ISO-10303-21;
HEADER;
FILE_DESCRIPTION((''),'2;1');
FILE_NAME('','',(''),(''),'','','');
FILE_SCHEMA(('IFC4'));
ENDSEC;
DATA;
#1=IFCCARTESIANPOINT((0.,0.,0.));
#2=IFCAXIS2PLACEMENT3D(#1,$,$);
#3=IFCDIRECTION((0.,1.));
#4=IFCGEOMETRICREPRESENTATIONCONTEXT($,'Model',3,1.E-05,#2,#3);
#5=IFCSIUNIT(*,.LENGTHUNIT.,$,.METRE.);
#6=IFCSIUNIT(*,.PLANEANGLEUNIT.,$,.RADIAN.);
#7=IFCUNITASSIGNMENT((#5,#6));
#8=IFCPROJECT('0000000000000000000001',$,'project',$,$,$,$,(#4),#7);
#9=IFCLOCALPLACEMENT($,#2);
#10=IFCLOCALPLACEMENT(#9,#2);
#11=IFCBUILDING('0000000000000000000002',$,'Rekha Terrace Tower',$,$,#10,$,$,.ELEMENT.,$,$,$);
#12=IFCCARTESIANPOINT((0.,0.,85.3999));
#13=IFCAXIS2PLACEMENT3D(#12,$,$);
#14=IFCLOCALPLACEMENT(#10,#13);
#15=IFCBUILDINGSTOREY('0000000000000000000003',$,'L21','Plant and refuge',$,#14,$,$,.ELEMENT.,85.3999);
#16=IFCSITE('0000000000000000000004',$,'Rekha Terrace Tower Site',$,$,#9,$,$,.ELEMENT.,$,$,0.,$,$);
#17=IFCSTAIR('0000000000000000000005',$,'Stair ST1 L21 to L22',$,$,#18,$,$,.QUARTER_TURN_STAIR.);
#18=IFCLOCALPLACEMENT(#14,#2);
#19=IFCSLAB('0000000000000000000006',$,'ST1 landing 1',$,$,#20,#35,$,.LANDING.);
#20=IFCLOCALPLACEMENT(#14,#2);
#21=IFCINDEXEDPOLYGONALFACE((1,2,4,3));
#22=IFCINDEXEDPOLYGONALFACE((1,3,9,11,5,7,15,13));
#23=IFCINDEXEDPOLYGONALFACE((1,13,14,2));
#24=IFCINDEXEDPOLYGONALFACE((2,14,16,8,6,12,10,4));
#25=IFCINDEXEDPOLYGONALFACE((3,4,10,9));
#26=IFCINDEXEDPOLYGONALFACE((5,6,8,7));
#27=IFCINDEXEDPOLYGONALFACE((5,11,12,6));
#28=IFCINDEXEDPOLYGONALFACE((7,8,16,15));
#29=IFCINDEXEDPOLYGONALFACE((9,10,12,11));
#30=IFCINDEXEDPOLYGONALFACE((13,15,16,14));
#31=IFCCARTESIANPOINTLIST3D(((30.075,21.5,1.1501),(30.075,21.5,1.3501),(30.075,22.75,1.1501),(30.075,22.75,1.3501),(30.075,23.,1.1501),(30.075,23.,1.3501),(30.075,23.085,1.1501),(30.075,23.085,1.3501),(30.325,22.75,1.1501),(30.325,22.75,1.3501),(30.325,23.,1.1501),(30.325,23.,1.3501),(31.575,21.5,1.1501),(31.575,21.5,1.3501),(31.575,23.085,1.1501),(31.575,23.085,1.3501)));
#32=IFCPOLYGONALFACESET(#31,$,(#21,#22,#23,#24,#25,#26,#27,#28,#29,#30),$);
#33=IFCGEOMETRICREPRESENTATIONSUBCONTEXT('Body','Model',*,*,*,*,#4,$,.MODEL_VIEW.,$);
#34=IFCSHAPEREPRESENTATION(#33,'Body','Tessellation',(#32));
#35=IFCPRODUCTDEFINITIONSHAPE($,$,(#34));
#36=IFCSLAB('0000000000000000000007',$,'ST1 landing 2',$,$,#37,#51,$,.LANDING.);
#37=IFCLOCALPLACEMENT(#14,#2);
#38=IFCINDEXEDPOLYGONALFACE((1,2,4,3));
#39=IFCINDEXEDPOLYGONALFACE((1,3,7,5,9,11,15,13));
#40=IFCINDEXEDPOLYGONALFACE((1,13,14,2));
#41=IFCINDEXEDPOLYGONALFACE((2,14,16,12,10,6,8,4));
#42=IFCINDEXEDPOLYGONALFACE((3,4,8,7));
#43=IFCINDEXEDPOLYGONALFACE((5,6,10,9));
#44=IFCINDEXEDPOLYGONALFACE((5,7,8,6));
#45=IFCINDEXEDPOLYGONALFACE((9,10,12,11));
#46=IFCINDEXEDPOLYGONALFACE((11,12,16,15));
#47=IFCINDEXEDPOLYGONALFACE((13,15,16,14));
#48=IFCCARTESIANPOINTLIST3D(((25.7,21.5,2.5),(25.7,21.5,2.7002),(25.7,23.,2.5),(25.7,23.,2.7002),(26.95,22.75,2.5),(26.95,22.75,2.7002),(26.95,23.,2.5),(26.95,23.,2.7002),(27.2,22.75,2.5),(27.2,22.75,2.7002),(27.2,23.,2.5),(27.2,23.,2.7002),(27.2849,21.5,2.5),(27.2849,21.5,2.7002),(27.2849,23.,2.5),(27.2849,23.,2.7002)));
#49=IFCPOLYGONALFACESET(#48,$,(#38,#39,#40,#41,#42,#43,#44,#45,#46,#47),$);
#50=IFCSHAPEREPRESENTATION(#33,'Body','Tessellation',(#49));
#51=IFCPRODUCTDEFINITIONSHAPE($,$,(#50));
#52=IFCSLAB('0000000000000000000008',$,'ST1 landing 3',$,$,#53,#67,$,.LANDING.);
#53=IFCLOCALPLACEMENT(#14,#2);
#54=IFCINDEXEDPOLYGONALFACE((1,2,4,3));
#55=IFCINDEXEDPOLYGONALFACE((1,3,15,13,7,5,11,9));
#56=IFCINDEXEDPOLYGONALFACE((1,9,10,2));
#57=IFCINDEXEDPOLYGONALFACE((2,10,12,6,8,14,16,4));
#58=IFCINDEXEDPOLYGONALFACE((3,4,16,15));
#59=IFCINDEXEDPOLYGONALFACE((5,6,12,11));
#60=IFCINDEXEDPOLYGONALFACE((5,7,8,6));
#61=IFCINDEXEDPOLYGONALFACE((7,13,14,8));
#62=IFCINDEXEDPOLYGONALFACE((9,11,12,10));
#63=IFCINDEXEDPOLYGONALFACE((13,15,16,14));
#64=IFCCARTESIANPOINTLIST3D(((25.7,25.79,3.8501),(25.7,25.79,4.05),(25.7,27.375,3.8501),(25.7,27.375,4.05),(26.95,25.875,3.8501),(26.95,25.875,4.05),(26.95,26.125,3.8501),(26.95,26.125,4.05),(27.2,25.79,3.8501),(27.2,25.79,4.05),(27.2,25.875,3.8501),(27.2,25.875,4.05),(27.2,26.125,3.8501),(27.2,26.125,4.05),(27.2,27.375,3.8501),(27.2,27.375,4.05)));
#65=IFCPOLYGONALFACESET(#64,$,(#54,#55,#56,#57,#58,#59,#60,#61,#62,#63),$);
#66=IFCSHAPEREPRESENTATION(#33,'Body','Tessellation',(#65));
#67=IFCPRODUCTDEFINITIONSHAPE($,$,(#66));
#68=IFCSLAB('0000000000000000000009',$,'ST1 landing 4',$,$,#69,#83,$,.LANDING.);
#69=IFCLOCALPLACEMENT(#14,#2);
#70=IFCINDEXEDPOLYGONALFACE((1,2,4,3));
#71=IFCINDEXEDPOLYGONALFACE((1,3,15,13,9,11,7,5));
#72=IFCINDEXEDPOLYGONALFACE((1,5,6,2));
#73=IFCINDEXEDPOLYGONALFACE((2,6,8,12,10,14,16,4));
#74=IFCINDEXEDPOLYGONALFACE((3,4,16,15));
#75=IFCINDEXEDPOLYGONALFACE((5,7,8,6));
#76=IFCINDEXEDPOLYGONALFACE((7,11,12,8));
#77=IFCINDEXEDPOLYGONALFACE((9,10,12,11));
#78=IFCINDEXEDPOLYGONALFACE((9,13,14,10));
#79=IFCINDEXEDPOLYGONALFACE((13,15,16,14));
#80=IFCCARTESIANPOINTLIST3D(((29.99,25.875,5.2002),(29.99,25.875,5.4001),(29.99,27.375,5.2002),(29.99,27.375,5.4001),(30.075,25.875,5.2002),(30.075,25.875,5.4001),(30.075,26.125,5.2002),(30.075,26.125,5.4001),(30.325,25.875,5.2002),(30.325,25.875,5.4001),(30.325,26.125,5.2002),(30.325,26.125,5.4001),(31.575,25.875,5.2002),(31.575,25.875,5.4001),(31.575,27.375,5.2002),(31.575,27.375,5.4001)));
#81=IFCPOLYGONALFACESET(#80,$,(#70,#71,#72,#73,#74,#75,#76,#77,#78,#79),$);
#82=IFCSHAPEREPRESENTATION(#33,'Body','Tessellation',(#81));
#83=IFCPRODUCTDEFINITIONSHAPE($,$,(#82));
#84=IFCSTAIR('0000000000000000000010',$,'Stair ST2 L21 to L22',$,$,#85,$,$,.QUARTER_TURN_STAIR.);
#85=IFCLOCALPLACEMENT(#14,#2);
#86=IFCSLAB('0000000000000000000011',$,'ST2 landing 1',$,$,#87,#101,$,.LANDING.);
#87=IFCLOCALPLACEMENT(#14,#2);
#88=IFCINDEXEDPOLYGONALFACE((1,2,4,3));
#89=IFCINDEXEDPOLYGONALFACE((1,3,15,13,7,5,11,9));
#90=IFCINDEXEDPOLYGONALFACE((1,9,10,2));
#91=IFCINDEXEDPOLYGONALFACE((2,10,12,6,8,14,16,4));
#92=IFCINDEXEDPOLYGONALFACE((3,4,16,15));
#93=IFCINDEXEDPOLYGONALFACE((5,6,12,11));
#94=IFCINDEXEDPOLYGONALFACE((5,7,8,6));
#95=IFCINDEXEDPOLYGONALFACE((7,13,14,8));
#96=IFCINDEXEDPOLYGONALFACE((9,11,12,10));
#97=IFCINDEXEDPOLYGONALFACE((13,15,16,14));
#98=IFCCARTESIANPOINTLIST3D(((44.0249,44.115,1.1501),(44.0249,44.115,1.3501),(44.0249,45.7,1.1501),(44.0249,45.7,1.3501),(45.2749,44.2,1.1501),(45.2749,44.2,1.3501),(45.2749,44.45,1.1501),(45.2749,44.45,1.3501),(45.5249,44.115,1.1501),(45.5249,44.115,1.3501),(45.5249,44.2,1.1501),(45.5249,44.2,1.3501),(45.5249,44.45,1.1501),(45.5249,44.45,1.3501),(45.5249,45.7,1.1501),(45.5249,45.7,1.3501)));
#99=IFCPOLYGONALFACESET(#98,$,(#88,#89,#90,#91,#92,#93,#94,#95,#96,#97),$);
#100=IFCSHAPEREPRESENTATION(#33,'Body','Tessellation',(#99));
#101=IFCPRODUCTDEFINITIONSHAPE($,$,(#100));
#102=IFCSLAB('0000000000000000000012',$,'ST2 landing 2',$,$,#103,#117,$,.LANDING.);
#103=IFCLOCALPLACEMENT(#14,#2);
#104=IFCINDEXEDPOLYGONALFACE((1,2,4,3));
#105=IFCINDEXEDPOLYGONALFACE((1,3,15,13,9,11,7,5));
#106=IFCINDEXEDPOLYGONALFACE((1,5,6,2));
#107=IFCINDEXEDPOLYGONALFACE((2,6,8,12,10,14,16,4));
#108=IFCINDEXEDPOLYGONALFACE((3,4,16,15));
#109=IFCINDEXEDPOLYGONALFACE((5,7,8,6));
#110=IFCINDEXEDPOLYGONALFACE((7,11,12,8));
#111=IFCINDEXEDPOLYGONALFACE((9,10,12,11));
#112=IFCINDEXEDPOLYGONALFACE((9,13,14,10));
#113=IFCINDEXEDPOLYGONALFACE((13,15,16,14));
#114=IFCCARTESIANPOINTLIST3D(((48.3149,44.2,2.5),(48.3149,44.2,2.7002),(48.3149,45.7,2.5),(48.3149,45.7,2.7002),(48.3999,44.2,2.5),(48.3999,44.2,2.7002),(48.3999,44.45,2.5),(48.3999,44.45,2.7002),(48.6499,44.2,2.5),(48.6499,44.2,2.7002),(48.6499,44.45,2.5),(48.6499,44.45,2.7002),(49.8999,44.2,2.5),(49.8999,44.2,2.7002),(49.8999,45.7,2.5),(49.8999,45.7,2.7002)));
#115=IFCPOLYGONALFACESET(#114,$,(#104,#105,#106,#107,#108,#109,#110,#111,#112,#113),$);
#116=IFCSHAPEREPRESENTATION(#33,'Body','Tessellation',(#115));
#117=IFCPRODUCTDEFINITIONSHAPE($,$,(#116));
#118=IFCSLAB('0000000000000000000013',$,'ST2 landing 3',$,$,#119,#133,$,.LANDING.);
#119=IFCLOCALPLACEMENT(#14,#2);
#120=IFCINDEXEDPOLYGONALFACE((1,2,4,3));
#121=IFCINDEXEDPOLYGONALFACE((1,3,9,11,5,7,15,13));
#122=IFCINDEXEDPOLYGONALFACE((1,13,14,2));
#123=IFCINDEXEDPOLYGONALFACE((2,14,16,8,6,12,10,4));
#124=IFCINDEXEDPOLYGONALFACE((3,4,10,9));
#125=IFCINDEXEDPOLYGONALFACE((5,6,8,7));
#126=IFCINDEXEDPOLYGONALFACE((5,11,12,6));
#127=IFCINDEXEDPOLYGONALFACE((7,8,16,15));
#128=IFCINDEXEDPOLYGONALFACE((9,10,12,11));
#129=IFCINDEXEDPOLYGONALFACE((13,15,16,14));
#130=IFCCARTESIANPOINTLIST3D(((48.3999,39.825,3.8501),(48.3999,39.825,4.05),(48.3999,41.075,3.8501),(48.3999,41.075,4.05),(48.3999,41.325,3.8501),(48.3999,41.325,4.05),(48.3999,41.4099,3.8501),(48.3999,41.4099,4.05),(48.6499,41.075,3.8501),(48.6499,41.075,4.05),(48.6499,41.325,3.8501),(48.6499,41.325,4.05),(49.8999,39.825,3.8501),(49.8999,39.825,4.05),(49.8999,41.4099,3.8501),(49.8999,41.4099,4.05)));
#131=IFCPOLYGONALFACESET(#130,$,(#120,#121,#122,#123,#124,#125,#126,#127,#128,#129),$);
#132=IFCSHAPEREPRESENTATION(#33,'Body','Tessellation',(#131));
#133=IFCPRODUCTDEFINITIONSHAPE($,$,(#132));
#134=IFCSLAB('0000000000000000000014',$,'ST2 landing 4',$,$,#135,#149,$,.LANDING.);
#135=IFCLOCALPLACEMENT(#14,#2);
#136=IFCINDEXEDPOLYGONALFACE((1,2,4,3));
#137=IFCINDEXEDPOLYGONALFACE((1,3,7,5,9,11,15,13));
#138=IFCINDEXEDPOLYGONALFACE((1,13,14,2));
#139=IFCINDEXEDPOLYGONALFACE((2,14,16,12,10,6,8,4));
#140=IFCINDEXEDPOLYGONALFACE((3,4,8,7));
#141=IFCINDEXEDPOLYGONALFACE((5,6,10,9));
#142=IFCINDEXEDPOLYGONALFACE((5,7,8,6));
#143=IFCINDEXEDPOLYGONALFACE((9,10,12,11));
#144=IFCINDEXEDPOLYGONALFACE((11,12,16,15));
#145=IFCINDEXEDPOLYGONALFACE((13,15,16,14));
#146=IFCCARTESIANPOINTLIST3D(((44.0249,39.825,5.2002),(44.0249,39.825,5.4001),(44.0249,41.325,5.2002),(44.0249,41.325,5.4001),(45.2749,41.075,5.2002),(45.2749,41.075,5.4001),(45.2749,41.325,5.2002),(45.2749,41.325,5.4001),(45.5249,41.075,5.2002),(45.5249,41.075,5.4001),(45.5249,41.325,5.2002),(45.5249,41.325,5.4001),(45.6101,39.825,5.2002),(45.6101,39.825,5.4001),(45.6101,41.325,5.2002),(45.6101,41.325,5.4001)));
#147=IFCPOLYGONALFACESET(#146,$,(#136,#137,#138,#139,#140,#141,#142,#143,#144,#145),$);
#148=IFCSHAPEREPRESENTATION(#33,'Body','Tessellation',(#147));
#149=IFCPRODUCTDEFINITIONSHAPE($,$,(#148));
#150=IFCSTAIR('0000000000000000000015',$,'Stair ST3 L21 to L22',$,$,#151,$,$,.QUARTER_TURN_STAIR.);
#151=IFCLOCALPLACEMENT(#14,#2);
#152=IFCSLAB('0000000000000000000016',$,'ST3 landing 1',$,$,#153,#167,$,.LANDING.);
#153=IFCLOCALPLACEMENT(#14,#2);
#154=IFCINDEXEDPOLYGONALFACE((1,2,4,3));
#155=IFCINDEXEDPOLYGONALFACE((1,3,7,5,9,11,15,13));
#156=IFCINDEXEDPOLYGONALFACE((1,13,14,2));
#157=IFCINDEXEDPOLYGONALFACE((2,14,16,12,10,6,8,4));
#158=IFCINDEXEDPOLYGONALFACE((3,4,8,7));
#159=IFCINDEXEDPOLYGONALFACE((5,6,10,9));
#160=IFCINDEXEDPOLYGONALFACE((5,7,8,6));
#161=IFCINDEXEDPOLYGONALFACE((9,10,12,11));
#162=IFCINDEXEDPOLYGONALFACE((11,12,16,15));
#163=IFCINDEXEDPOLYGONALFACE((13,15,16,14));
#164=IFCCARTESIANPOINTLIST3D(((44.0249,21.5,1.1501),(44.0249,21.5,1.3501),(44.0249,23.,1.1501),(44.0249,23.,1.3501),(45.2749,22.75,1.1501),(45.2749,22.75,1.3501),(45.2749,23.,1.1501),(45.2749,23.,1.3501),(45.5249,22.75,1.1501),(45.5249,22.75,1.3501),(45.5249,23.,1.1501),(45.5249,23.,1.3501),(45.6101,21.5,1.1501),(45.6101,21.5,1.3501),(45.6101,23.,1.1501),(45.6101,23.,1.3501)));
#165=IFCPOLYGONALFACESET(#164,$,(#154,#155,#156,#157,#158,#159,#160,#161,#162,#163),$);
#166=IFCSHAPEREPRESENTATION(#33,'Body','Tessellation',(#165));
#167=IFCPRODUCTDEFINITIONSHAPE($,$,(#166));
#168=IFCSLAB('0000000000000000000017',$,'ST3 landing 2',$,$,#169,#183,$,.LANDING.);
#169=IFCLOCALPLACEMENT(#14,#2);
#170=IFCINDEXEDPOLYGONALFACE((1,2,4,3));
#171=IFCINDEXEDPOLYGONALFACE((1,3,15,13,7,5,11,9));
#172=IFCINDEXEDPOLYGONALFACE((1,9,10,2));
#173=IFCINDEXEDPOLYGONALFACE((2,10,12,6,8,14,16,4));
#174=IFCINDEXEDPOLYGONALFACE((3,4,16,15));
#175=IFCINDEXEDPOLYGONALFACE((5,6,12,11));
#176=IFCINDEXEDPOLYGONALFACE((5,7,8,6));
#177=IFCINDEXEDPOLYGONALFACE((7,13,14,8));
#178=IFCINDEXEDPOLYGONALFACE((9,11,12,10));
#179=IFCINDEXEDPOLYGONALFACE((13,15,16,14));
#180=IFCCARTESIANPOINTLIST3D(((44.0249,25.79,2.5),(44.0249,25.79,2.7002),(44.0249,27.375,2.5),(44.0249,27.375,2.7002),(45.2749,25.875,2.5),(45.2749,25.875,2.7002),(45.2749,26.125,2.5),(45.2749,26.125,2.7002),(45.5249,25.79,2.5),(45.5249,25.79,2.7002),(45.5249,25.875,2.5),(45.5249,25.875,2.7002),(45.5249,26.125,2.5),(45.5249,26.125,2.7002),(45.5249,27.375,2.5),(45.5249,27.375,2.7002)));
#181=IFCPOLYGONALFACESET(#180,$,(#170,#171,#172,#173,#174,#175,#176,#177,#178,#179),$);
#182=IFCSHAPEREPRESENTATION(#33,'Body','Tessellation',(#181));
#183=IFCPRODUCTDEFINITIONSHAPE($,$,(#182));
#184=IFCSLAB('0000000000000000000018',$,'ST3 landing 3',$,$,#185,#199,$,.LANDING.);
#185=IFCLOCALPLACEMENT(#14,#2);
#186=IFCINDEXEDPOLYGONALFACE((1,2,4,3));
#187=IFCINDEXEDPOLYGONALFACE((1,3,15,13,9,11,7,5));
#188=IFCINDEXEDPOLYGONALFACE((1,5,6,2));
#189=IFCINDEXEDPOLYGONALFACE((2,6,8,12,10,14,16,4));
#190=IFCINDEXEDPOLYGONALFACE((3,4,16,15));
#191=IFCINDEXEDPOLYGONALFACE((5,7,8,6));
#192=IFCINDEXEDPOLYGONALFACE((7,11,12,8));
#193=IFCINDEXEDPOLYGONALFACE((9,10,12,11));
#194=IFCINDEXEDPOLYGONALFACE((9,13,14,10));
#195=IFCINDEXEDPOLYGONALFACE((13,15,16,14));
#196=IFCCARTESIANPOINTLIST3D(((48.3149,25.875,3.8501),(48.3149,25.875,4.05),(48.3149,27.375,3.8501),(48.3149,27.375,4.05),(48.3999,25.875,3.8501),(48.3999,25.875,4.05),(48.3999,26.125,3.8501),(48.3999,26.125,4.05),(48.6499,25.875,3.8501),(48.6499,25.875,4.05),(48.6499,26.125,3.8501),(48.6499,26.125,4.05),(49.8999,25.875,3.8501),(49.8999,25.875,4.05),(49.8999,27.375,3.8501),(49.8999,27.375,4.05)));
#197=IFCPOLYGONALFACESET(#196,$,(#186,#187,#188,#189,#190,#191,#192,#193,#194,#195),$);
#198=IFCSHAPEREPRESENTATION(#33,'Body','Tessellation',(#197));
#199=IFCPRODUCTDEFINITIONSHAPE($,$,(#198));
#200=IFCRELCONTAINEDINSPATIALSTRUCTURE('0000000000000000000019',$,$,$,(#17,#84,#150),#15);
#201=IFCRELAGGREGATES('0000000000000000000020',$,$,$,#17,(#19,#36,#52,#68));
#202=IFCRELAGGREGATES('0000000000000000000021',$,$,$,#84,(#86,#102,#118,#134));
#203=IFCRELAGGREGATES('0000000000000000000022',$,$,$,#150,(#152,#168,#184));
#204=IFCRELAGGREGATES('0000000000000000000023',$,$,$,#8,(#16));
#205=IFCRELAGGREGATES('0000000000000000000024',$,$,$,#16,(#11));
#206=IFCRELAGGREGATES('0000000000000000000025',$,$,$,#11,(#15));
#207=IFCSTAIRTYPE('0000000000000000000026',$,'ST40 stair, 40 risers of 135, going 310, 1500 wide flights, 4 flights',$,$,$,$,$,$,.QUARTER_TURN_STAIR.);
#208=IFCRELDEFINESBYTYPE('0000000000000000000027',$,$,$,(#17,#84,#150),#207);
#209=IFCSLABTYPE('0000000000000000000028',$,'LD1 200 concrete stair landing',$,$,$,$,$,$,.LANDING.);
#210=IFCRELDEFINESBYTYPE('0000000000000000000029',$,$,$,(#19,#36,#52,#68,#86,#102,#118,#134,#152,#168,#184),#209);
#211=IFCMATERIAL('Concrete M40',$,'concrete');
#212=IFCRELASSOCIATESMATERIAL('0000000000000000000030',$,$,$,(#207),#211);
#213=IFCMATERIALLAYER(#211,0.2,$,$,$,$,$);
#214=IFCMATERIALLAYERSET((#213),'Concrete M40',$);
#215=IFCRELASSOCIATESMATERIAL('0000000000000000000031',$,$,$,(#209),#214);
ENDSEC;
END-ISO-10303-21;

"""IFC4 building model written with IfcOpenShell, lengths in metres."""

from ifc_helpers import new_model, si_unit, direction, frame, origin, place, context, subcontext, project, spatial, polyline, outline, extrude, material, layer, layer_set, type_object, element, aggregate, save


model = new_model("IFC4")

# Units and contexts
model_context = context("Model", 3, precision=1e-05, world=origin(), true_north=direction((0.0, 1.0)))
body_context = subcontext(model_context, "Body", "Model", "MODEL_VIEW")
ifc_project = project(units=[si_unit("LENGTHUNIT", "METRE"), si_unit("PLANEANGLEUNIT", "RADIAN")], contexts=[model_context])

# Site, building, storey
site_placement = place(None, origin())
site = spatial("IfcSite", under=ifc_project, at=site_placement, Name="Rekha Terrace Tower Site", CompositionType="ELEMENT", RefElevation=0.0)
building_placement = place(site_placement, origin())
building = spatial("IfcBuilding", under=site, at=building_placement, Name="Rekha Terrace Tower", CompositionType="ELEMENT")
storey_placement = place(building_placement, frame((0.0, 0.0, 85.3999)))
storey = spatial("IfcBuildingStorey", under=building, at=storey_placement, Name="L21", Description="Plant and refuge", CompositionType="ELEMENT", Elevation=85.3999)

# Stairs, slabs
ifc_material_1 = material(Name="Concrete M40", Category="concrete")
stair_type = type_object("IfcStairType", Name="ST40 stair, 40 risers of 135, going 310, 1500 wide flights, 4 flights", PredefinedType="QUARTER_TURN_STAIR", material=ifc_material_1)
stair_1_placement = place(storey_placement, origin())
stair_1 = element("IfcStair", 1, at=stair_1_placement, inside=storey, type_object=stair_type, Name="Stair ST1 L21 to L22", PredefinedType="QUARTER_TURN_STAIR")
ifc_layer_1 = layer(ifc_material_1, 0.2)
ifc_layer_set_1 = layer_set([ifc_layer_1], Name="Concrete M40")
slab_type_1 = type_object("IfcSlabType", Name="LD1 200 concrete stair landing", PredefinedType="LANDING", material=ifc_layer_set_1)
slab_1_placement = place(storey_placement, frame((0.0, 0.0, 1.1501)))
slab_1 = element("IfcSlab", 2, at=slab_1_placement, type_object=slab_type_1, Name="ST1 landing 1", PredefinedType="LANDING", context=body_context, shape_type="SweptSolid", body=[
    extrude(outline(polyline([(30.075, 21.5), (31.575, 21.5), (31.575, 23.085), (30.075, 23.085), (30.075, 23.0), (30.325, 23.0), (30.325, 22.75), (30.075, 22.75), (30.075, 21.5)])), origin(), (0.0, 0.0, 1.0), 0.2),
])
slab_2_placement = place(storey_placement, frame((0.0, 0.0, 2.5)))
slab_2 = element("IfcSlab", 3, at=slab_2_placement, type_object=slab_type_1, Name="ST1 landing 2", PredefinedType="LANDING", context=body_context, shape_type="SweptSolid", body=[
    extrude(outline(polyline([(25.7, 23.0), (25.7, 21.5), (27.2849, 21.5), (27.2849, 23.0), (27.2, 23.0), (27.2, 22.75), (26.95, 22.75), (26.95, 23.0), (25.7, 23.0)])), origin(), (0.0, 0.0, 1.0), 0.2002),
])
slab_3_placement = place(storey_placement, frame((0.0, 0.0, 3.8501)))
slab_3 = element("IfcSlab", 4, at=slab_3_placement, type_object=slab_type_1, Name="ST1 landing 3", PredefinedType="LANDING", context=body_context, shape_type="SweptSolid", body=[
    extrude(outline(polyline([(27.2, 27.375), (25.7, 27.375), (25.7, 25.79), (27.2, 25.79), (27.2, 25.875), (26.95, 25.875), (26.95, 26.125), (27.2, 26.125), (27.2, 27.375)])), origin(), (0.0, 0.0, 1.0), 0.2),
])
slab_4_placement = place(storey_placement, frame((0.0, 0.0, 5.2002)))
slab_4 = element("IfcSlab", 5, at=slab_4_placement, type_object=slab_type_1, Name="ST1 landing 4", PredefinedType="LANDING", context=body_context, shape_type="SweptSolid", body=[
    extrude(outline(polyline([(31.575, 25.875), (31.575, 27.375), (29.99, 27.375), (29.99, 25.875), (30.075, 25.875), (30.075, 26.125), (30.325, 26.125), (30.325, 25.875), (31.575, 25.875)])), origin(), (0.0, 0.0, 1.0), 0.2),
])
aggregate(stair_1, [slab_1, slab_2, slab_3, slab_4])
stair_2_placement = place(storey_placement, origin())
stair_2 = element("IfcStair", 6, at=stair_2_placement, inside=storey, type_object=stair_type, Name="Stair ST2 L21 to L22", PredefinedType="QUARTER_TURN_STAIR")
slab_5_placement = place(storey_placement, frame((0.0, 0.0, 1.1501)))
slab_5 = element("IfcSlab", 7, at=slab_5_placement, type_object=slab_type_1, Name="ST2 landing 1", PredefinedType="LANDING", context=body_context, shape_type="SweptSolid", body=[
    extrude(outline(polyline([(45.5249, 45.7), (44.0249, 45.7), (44.0249, 44.115), (45.5249, 44.115), (45.5249, 44.2), (45.2749, 44.2), (45.2749, 44.45), (45.5249, 44.45), (45.5249, 45.7)])), origin(), (0.0, 0.0, 1.0), 0.2),
])
slab_6_placement = place(storey_placement, frame((0.0, 0.0, 2.5)))
slab_6 = element("IfcSlab", 8, at=slab_6_placement, type_object=slab_type_1, Name="ST2 landing 2", PredefinedType="LANDING", context=body_context, shape_type="SweptSolid", body=[
    extrude(outline(polyline([(49.8999, 44.2), (49.8999, 45.7), (48.3149, 45.7), (48.3149, 44.2), (48.3999, 44.2), (48.3999, 44.45), (48.6499, 44.45), (48.6499, 44.2), (49.8999, 44.2)])), origin(), (0.0, 0.0, 1.0), 0.2002),
])
slab_7_placement = place(storey_placement, frame((0.0, 0.0, 3.8501)))
slab_7 = element("IfcSlab", 9, at=slab_7_placement, type_object=slab_type_1, Name="ST2 landing 3", PredefinedType="LANDING", context=body_context, shape_type="SweptSolid", body=[
    extrude(outline(polyline([(48.3999, 39.825), (49.8999, 39.825), (49.8999, 41.4099), (48.3999, 41.4099), (48.3999, 41.325), (48.6499, 41.325), (48.6499, 41.075), (48.3999, 41.075), (48.3999, 39.825)])), origin(), (0.0, 0.0, 1.0), 0.2),
])
slab_8_placement = place(storey_placement, frame((0.0, 0.0, 5.2002)))
slab_8 = element("IfcSlab", 10, at=slab_8_placement, type_object=slab_type_1, Name="ST2 landing 4", PredefinedType="LANDING", context=body_context, shape_type="SweptSolid", body=[
    extrude(outline(polyline([(44.0249, 41.325), (44.0249, 39.825), (45.6101, 39.825), (45.6101, 41.325), (45.5249, 41.325), (45.5249, 41.075), (45.2749, 41.075), (45.2749, 41.325), (44.0249, 41.325)])), origin(), (0.0, 0.0, 1.0), 0.2),
])
aggregate(stair_2, [slab_5, slab_6, slab_7, slab_8])
stair_3_placement = place(storey_placement, origin())
stair_3 = element("IfcStair", 11, at=stair_3_placement, inside=storey, type_object=stair_type, Name="Stair ST3 L21 to L22", PredefinedType="QUARTER_TURN_STAIR")
slab_9_placement = place(storey_placement, frame((0.0, 0.0, 1.1501)))
slab_9 = element("IfcSlab", 12, at=slab_9_placement, type_object=slab_type_1, Name="ST3 landing 1", PredefinedType="LANDING", context=body_context, shape_type="SweptSolid", body=[
    extrude(outline(polyline([(44.0249, 23.0), (44.0249, 21.5), (45.6101, 21.5), (45.6101, 23.0), (45.5249, 23.0), (45.5249, 22.75), (45.2749, 22.75), (45.2749, 23.0), (44.0249, 23.0)])), origin(), (0.0, 0.0, 1.0), 0.2),
])
slab_10_placement = place(storey_placement, frame((0.0, 0.0, 2.5)))
slab_10 = element("IfcSlab", 13, at=slab_10_placement, type_object=slab_type_1, Name="ST3 landing 2", PredefinedType="LANDING", context=body_context, shape_type="SweptSolid", body=[
    extrude(outline(polyline([(45.5249, 27.375), (44.0249, 27.375), (44.0249, 25.79), (45.5249, 25.79), (45.5249, 25.875), (45.2749, 25.875), (45.2749, 26.125), (45.5249, 26.125), (45.5249, 27.375)])), origin(), (0.0, 0.0, 1.0), 0.2002),
])
slab_11_placement = place(storey_placement, frame((0.0, 0.0, 3.8501)))
slab_11 = element("IfcSlab", 14, at=slab_11_placement, type_object=slab_type_1, Name="ST3 landing 3", PredefinedType="LANDING", context=body_context, shape_type="SweptSolid", body=[
    extrude(outline(polyline([(49.8999, 25.875), (49.8999, 27.375), (48.3149, 27.375), (48.3149, 25.875), (48.3999, 25.875), (48.3999, 26.125), (48.6499, 26.125), (48.6499, 25.875), (49.8999, 25.875)])), origin(), (0.0, 0.0, 1.0), 0.2),
])
aggregate(stair_3, [slab_9, slab_10, slab_11])

save(model, "model.ifc")
